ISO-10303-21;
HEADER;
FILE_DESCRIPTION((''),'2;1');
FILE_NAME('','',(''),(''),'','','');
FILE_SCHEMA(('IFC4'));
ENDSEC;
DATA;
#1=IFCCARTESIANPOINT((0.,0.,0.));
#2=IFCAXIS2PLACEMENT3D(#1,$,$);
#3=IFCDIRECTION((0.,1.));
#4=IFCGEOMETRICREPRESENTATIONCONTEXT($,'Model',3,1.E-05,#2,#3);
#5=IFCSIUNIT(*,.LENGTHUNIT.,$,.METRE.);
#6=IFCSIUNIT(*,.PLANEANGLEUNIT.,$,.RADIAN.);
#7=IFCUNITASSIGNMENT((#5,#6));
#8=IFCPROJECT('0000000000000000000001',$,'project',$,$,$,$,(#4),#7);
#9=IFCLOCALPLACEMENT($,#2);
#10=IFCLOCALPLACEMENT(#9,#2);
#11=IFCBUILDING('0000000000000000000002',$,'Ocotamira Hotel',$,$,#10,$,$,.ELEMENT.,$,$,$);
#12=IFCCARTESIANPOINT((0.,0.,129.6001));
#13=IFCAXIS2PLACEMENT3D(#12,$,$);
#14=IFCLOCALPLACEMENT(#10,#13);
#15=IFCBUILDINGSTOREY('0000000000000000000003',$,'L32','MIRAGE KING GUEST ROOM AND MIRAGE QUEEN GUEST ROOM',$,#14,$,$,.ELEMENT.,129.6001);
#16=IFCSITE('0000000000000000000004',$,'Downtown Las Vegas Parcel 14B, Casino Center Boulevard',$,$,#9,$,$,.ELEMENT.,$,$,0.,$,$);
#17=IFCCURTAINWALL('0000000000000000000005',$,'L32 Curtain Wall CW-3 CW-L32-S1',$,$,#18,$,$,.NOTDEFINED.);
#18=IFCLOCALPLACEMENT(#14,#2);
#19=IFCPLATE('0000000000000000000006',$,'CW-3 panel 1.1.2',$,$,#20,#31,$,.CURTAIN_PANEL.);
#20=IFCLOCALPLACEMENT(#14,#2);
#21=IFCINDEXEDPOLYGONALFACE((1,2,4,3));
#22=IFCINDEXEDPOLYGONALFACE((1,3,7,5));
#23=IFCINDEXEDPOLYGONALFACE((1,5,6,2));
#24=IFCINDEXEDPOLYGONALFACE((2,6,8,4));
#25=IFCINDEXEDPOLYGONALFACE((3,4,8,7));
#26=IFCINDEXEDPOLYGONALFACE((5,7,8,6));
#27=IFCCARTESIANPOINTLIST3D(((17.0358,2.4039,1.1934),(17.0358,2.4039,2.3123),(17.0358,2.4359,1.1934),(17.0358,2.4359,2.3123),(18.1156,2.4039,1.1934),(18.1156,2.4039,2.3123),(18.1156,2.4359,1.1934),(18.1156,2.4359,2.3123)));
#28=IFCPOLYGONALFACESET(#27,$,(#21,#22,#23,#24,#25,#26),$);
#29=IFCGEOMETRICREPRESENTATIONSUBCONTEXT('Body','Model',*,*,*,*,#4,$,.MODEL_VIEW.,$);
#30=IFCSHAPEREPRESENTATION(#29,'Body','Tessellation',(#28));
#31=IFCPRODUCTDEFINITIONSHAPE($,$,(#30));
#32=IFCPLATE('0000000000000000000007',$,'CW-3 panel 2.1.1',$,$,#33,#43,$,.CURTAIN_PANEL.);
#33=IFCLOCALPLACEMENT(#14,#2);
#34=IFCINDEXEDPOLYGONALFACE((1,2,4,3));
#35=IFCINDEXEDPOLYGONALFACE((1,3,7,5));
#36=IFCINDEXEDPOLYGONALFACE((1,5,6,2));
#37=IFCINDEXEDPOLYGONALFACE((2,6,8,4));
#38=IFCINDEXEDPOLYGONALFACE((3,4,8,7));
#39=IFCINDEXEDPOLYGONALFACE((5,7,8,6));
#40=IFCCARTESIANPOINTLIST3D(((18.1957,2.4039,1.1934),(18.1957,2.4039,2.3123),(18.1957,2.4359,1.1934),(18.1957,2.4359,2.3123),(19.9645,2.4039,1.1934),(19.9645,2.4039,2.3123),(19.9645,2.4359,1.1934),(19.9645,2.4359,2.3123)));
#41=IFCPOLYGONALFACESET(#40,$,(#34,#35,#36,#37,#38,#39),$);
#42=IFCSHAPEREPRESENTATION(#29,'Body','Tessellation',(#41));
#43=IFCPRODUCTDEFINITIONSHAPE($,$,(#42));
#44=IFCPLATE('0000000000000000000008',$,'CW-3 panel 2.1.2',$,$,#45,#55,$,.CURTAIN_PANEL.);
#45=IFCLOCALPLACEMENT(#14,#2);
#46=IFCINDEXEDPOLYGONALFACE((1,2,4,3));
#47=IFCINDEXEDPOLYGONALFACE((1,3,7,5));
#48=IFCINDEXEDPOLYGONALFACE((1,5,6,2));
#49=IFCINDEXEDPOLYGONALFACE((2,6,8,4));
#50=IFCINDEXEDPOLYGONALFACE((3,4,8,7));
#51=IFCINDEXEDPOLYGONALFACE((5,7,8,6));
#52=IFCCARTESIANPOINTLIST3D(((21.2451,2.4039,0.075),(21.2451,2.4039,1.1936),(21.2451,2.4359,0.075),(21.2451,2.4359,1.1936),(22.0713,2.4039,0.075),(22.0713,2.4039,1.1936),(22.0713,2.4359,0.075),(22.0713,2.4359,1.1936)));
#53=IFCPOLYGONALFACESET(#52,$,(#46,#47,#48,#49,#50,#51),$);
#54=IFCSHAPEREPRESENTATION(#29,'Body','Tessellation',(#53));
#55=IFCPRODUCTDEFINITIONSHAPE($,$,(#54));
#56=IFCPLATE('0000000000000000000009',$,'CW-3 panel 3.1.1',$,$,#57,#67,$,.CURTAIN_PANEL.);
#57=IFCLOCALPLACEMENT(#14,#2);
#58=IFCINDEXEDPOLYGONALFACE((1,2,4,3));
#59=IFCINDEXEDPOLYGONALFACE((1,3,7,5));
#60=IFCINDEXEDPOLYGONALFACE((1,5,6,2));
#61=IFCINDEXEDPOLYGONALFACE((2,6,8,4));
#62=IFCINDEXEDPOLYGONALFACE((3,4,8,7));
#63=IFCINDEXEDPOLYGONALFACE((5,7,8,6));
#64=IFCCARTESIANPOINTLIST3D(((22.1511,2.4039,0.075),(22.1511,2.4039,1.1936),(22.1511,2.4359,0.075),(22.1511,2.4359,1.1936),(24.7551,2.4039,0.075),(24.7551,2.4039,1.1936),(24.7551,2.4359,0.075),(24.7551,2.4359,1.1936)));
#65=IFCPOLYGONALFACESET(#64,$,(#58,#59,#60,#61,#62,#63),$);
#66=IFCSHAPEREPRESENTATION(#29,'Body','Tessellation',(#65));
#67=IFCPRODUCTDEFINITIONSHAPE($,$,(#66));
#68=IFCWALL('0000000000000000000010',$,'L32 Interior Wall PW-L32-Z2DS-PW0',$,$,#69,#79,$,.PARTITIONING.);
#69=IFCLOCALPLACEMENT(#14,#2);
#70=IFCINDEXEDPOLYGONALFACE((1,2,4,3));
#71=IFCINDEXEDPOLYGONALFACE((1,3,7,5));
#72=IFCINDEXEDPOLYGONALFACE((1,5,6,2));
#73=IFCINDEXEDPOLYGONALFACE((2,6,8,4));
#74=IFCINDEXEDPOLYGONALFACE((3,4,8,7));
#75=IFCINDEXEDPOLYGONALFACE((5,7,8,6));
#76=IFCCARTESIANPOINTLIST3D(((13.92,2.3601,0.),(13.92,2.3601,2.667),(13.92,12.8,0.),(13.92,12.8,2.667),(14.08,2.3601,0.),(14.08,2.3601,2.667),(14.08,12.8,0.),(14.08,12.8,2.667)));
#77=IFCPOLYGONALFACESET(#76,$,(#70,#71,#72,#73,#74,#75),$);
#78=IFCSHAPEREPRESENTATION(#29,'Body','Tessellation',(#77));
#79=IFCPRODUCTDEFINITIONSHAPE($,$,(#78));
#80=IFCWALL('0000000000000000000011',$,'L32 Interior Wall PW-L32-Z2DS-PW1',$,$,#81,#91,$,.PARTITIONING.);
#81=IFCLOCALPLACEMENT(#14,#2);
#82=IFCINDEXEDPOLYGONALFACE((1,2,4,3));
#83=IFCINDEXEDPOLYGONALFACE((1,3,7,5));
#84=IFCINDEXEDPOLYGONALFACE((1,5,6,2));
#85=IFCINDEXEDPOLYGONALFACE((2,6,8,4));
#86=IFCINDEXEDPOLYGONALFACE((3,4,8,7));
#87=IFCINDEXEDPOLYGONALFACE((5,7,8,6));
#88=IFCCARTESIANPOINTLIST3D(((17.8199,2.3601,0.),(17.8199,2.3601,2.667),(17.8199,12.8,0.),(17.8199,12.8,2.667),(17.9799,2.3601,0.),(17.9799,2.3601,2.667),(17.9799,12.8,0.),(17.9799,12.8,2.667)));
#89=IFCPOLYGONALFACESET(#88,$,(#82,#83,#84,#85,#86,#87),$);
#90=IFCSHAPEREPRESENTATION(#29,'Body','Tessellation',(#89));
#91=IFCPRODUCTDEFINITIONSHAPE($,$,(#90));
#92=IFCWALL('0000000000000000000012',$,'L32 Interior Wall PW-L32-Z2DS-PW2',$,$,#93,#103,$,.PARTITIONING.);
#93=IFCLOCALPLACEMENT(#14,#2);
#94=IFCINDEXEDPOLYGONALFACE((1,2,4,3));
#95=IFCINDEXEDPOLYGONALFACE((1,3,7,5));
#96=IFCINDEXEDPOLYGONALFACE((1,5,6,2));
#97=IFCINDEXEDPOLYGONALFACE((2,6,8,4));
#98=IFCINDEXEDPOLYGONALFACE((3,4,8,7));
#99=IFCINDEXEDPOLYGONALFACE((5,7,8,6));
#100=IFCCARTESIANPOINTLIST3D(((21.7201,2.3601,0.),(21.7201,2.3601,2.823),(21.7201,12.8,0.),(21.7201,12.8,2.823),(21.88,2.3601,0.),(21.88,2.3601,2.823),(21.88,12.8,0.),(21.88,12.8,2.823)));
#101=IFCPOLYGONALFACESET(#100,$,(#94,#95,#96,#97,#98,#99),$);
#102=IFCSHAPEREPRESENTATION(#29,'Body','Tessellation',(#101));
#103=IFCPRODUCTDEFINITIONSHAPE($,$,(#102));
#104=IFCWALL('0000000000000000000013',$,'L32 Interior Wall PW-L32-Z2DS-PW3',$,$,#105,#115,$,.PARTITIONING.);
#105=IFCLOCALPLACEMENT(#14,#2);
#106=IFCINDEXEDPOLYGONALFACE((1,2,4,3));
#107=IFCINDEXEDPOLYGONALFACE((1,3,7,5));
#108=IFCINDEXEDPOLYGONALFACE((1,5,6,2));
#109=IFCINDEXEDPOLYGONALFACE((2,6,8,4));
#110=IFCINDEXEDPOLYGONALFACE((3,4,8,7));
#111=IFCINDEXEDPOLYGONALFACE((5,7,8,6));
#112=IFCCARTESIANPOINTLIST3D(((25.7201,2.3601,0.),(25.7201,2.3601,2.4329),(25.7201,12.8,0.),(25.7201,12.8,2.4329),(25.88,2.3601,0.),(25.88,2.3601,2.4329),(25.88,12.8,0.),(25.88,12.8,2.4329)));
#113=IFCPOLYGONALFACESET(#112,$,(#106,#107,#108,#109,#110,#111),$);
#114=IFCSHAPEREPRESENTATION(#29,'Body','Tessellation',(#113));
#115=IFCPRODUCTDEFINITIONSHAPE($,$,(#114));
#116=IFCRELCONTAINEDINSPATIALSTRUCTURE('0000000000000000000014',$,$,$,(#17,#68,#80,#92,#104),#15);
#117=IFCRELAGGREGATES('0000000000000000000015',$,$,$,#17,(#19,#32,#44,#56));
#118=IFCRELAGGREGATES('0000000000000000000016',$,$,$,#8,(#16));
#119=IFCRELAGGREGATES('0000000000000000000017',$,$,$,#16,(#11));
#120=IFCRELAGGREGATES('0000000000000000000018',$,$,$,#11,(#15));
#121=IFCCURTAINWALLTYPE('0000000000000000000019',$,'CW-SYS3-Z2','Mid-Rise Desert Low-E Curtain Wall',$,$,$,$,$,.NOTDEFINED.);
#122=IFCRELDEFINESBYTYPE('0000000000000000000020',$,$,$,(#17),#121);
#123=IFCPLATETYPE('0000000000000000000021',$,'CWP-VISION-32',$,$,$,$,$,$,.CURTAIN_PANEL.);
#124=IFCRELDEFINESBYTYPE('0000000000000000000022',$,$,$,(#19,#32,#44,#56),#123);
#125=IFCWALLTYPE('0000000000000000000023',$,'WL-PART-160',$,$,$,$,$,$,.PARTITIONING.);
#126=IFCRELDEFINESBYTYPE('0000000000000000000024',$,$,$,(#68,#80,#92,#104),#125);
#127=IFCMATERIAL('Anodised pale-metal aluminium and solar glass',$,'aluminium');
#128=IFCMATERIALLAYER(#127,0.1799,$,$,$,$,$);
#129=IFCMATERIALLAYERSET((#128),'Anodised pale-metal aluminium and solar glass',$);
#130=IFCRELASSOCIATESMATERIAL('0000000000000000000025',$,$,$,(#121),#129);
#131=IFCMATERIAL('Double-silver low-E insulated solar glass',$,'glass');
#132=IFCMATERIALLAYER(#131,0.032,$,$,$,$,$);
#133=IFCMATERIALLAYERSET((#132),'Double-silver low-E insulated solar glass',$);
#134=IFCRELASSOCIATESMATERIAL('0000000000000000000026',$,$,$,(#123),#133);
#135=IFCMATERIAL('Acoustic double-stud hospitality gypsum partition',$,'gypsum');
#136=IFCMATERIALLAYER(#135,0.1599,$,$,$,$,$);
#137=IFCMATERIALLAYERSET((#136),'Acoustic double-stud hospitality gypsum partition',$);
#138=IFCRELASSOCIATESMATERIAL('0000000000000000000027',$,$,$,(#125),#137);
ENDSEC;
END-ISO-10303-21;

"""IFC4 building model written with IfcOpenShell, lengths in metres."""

from ifc_helpers import new_model, si_unit, direction, frame, frame_2d, origin, origin_2d, place, context, subcontext, project, spatial, rectangle, extrude, source, transform, mapped, material, layer, layer_set, type_object, element, aggregate, save


model = new_model("IFC4")

# Units and contexts
model_context = context("Model", 3, precision=1e-05, world=origin(), true_north=direction((0.0, 1.0)))
body_context = subcontext(model_context, "Body", "Model", "MODEL_VIEW")
ifc_project = project(units=[si_unit("LENGTHUNIT", "METRE"), si_unit("PLANEANGLEUNIT", "RADIAN")], contexts=[model_context])

# Site, building, storey
site_placement = place(None, origin())
site = spatial("IfcSite", under=ifc_project, at=site_placement, Name="Downtown Las Vegas Parcel 14B, Casino Center Boulevard", CompositionType="ELEMENT", RefElevation=0.0)
building_placement = place(site_placement, origin())
building = spatial("IfcBuilding", under=site, at=building_placement, Name="Ocotamira Hotel", CompositionType="ELEMENT")
storey_placement = place(building_placement, frame((0.0, 0.0, 129.6001)))
storey = spatial("IfcBuildingStorey", under=building, at=storey_placement, Name="L32", Description="MIRAGE KING GUEST ROOM AND MIRAGE QUEEN GUEST ROOM", CompositionType="ELEMENT", Elevation=129.6001)

# Curtain wall
ifc_material_1 = material(Name="Anodised pale-metal aluminium and solar glass", Category="aluminium")
ifc_layer_1 = layer(ifc_material_1, 0.1799)
ifc_layer_set_1 = layer_set([ifc_layer_1], Name="Anodised pale-metal aluminium and solar glass")
curtain_wall_type = type_object("IfcCurtainWallType", Name="CW-SYS3-Z2", Description="Mid-Rise Desert Low-E Curtain Wall", PredefinedType="NOTDEFINED", material=ifc_layer_set_1)
curtain_wall_placement = place(storey_placement, origin())
curtain_wall = element("IfcCurtainWall", 1, at=curtain_wall_placement, inside=storey, type_object=curtain_wall_type, Name="L32 Curtain Wall CW-3 CW-L32-S1", PredefinedType="NOTDEFINED")

# Plates
ifc_material_2 = material(Name="Double-silver low-E insulated solar glass", Category="glass")
ifc_layer_2 = layer(ifc_material_2, 0.032)
ifc_layer_set_2 = layer_set([ifc_layer_2], Name="Double-silver low-E insulated solar glass")
plate_type_1 = type_object("IfcPlateType", Name="CWP-VISION-32", PredefinedType="CURTAIN_PANEL", material=ifc_layer_set_2)
shared_shape_1 = source(origin(), body_context, "Body", "SweptSolid", [
    extrude(rectangle(XDim=1.0798, YDim=0.032, at=origin_2d()), origin(), (0.0, 0.0, 1.0), 1.1189),
])
plate_1_placement = place(storey_placement, frame((17.5757, 2.4199, 1.1934), z_axis=(0.0, 0.0, 1.0), x_axis=(1.0, 0.0, 0.0)))
plate_1 = element("IfcPlate", 2, at=plate_1_placement, type_object=plate_type_1, Name="CW-3 panel 1.1.2", PredefinedType="CURTAIN_PANEL", context=body_context, shape_type="MappedRepresentation", body=[
    mapped(shared_shape_1, transform((0.0, 0.0, 0.0), scale=1.0)),
])
shared_shape_2 = source(origin(), body_context, "Body", "SweptSolid", [
    extrude(rectangle(XDim=1.7688, YDim=0.032, at=origin_2d()), origin(), (0.0, 0.0, 1.0), 1.1189),
])
plate_2_placement = place(storey_placement, frame((19.0801, 2.4199, 1.1934), z_axis=(0.0, 0.0, 1.0), x_axis=(1.0, 0.0, 0.0)))
plate_2 = element("IfcPlate", 3, at=plate_2_placement, type_object=plate_type_1, Name="CW-3 panel 2.1.1", PredefinedType="CURTAIN_PANEL", context=body_context, shape_type="MappedRepresentation", body=[
    mapped(shared_shape_2, transform((0.0, 0.0, 0.0), scale=1.0)),
])
shared_shape_3 = source(origin(), body_context, "Body", "SweptSolid", [
    extrude(rectangle(XDim=0.8262, YDim=0.032, at=origin_2d()), origin(), (0.0, 0.0, 1.0), 1.1187),
])
plate_3_placement = place(storey_placement, frame((21.6582, 2.4199, 0.075), z_axis=(0.0, 0.0, 1.0), x_axis=(1.0, 0.0, 0.0)))
plate_3 = element("IfcPlate", 4, at=plate_3_placement, type_object=plate_type_1, Name="CW-3 panel 2.1.2", PredefinedType="CURTAIN_PANEL", context=body_context, shape_type="MappedRepresentation", body=[
    mapped(shared_shape_3, transform((0.0, 0.0, 0.0), scale=1.0)),
])
shared_shape_4 = source(origin(), body_context, "Body", "SweptSolid", [
    extrude(rectangle(XDim=2.604, YDim=0.032, at=origin_2d()), origin(), (0.0, 0.0, 1.0), 1.1187),
])
plate_4_placement = place(storey_placement, frame((23.4531, 2.4199, 0.075), z_axis=(0.0, 0.0, 1.0), x_axis=(1.0, 0.0, 0.0)))
plate_4 = element("IfcPlate", 5, at=plate_4_placement, type_object=plate_type_1, Name="CW-3 panel 3.1.1", PredefinedType="CURTAIN_PANEL", context=body_context, shape_type="MappedRepresentation", body=[
    mapped(shared_shape_4, transform((0.0, 0.0, 0.0), scale=1.0)),
])
aggregate(curtain_wall, [plate_1, plate_2, plate_3, plate_4])

# Walls
ifc_material_3 = material(Name="Acoustic double-stud hospitality gypsum partition", Category="gypsum")
ifc_layer_3 = layer(ifc_material_3, 0.1599)
ifc_layer_set_3 = layer_set([ifc_layer_3], Name="Acoustic double-stud hospitality gypsum partition")
wall_type = type_object("IfcWallType", Name="WL-PART-160", PredefinedType="PARTITIONING", material=ifc_layer_set_3)
for number, where, z_axis, x_axis, name in (
    (6, (14.0, 2.3601, 0.0), (0.0, 0.0, 1.0), (0.0, 1.0, 0.0), "L32 Interior Wall PW-L32-Z2DS-PW0"),
    (7, (17.8999, 2.3601, 0.0), (0.0, 0.0, 1.0), (0.0, 1.0, 0.0), "L32 Interior Wall PW-L32-Z2DS-PW1"),
):
    element("IfcWall", number, at=place(storey_placement, frame(where, z_axis=z_axis, x_axis=x_axis)), inside=storey, type_object=wall_type, Name=name, PredefinedType="PARTITIONING", context=body_context, shape_type="SweptSolid", body=[
        extrude(rectangle(XDim=10.4399, YDim=0.1599, at=frame_2d((5.22, 0.0))), origin(), (0.0, 0.0, 1.0), 2.667),
    ])
wall_1_placement = place(storey_placement, frame((21.8, 2.3601, 0.0), z_axis=(0.0, 0.0, 1.0), x_axis=(0.0, 1.0, 0.0)))
element("IfcWall", 8, at=wall_1_placement, inside=storey, type_object=wall_type, Name="L32 Interior Wall PW-L32-Z2DS-PW2", PredefinedType="PARTITIONING", context=body_context, shape_type="SweptSolid", body=[
    extrude(rectangle(XDim=10.4399, YDim=0.1599, at=frame_2d((5.22, 0.0))), origin(), (0.0, 0.0, 1.0), 2.823),
])
wall_2_placement = place(storey_placement, frame((25.8, 2.3601, 0.0), z_axis=(0.0, 0.0, 1.0), x_axis=(0.0, 1.0, 0.0)))
element("IfcWall", 9, at=wall_2_placement, inside=storey, type_object=wall_type, Name="L32 Interior Wall PW-L32-Z2DS-PW3", PredefinedType="PARTITIONING", context=body_context, shape_type="SweptSolid", body=[
    extrude(rectangle(XDim=10.4399, YDim=0.1599, at=frame_2d((5.22, 0.0))), origin(), (0.0, 0.0, 1.0), 2.4329),
])

save(model, "model.ifc")
